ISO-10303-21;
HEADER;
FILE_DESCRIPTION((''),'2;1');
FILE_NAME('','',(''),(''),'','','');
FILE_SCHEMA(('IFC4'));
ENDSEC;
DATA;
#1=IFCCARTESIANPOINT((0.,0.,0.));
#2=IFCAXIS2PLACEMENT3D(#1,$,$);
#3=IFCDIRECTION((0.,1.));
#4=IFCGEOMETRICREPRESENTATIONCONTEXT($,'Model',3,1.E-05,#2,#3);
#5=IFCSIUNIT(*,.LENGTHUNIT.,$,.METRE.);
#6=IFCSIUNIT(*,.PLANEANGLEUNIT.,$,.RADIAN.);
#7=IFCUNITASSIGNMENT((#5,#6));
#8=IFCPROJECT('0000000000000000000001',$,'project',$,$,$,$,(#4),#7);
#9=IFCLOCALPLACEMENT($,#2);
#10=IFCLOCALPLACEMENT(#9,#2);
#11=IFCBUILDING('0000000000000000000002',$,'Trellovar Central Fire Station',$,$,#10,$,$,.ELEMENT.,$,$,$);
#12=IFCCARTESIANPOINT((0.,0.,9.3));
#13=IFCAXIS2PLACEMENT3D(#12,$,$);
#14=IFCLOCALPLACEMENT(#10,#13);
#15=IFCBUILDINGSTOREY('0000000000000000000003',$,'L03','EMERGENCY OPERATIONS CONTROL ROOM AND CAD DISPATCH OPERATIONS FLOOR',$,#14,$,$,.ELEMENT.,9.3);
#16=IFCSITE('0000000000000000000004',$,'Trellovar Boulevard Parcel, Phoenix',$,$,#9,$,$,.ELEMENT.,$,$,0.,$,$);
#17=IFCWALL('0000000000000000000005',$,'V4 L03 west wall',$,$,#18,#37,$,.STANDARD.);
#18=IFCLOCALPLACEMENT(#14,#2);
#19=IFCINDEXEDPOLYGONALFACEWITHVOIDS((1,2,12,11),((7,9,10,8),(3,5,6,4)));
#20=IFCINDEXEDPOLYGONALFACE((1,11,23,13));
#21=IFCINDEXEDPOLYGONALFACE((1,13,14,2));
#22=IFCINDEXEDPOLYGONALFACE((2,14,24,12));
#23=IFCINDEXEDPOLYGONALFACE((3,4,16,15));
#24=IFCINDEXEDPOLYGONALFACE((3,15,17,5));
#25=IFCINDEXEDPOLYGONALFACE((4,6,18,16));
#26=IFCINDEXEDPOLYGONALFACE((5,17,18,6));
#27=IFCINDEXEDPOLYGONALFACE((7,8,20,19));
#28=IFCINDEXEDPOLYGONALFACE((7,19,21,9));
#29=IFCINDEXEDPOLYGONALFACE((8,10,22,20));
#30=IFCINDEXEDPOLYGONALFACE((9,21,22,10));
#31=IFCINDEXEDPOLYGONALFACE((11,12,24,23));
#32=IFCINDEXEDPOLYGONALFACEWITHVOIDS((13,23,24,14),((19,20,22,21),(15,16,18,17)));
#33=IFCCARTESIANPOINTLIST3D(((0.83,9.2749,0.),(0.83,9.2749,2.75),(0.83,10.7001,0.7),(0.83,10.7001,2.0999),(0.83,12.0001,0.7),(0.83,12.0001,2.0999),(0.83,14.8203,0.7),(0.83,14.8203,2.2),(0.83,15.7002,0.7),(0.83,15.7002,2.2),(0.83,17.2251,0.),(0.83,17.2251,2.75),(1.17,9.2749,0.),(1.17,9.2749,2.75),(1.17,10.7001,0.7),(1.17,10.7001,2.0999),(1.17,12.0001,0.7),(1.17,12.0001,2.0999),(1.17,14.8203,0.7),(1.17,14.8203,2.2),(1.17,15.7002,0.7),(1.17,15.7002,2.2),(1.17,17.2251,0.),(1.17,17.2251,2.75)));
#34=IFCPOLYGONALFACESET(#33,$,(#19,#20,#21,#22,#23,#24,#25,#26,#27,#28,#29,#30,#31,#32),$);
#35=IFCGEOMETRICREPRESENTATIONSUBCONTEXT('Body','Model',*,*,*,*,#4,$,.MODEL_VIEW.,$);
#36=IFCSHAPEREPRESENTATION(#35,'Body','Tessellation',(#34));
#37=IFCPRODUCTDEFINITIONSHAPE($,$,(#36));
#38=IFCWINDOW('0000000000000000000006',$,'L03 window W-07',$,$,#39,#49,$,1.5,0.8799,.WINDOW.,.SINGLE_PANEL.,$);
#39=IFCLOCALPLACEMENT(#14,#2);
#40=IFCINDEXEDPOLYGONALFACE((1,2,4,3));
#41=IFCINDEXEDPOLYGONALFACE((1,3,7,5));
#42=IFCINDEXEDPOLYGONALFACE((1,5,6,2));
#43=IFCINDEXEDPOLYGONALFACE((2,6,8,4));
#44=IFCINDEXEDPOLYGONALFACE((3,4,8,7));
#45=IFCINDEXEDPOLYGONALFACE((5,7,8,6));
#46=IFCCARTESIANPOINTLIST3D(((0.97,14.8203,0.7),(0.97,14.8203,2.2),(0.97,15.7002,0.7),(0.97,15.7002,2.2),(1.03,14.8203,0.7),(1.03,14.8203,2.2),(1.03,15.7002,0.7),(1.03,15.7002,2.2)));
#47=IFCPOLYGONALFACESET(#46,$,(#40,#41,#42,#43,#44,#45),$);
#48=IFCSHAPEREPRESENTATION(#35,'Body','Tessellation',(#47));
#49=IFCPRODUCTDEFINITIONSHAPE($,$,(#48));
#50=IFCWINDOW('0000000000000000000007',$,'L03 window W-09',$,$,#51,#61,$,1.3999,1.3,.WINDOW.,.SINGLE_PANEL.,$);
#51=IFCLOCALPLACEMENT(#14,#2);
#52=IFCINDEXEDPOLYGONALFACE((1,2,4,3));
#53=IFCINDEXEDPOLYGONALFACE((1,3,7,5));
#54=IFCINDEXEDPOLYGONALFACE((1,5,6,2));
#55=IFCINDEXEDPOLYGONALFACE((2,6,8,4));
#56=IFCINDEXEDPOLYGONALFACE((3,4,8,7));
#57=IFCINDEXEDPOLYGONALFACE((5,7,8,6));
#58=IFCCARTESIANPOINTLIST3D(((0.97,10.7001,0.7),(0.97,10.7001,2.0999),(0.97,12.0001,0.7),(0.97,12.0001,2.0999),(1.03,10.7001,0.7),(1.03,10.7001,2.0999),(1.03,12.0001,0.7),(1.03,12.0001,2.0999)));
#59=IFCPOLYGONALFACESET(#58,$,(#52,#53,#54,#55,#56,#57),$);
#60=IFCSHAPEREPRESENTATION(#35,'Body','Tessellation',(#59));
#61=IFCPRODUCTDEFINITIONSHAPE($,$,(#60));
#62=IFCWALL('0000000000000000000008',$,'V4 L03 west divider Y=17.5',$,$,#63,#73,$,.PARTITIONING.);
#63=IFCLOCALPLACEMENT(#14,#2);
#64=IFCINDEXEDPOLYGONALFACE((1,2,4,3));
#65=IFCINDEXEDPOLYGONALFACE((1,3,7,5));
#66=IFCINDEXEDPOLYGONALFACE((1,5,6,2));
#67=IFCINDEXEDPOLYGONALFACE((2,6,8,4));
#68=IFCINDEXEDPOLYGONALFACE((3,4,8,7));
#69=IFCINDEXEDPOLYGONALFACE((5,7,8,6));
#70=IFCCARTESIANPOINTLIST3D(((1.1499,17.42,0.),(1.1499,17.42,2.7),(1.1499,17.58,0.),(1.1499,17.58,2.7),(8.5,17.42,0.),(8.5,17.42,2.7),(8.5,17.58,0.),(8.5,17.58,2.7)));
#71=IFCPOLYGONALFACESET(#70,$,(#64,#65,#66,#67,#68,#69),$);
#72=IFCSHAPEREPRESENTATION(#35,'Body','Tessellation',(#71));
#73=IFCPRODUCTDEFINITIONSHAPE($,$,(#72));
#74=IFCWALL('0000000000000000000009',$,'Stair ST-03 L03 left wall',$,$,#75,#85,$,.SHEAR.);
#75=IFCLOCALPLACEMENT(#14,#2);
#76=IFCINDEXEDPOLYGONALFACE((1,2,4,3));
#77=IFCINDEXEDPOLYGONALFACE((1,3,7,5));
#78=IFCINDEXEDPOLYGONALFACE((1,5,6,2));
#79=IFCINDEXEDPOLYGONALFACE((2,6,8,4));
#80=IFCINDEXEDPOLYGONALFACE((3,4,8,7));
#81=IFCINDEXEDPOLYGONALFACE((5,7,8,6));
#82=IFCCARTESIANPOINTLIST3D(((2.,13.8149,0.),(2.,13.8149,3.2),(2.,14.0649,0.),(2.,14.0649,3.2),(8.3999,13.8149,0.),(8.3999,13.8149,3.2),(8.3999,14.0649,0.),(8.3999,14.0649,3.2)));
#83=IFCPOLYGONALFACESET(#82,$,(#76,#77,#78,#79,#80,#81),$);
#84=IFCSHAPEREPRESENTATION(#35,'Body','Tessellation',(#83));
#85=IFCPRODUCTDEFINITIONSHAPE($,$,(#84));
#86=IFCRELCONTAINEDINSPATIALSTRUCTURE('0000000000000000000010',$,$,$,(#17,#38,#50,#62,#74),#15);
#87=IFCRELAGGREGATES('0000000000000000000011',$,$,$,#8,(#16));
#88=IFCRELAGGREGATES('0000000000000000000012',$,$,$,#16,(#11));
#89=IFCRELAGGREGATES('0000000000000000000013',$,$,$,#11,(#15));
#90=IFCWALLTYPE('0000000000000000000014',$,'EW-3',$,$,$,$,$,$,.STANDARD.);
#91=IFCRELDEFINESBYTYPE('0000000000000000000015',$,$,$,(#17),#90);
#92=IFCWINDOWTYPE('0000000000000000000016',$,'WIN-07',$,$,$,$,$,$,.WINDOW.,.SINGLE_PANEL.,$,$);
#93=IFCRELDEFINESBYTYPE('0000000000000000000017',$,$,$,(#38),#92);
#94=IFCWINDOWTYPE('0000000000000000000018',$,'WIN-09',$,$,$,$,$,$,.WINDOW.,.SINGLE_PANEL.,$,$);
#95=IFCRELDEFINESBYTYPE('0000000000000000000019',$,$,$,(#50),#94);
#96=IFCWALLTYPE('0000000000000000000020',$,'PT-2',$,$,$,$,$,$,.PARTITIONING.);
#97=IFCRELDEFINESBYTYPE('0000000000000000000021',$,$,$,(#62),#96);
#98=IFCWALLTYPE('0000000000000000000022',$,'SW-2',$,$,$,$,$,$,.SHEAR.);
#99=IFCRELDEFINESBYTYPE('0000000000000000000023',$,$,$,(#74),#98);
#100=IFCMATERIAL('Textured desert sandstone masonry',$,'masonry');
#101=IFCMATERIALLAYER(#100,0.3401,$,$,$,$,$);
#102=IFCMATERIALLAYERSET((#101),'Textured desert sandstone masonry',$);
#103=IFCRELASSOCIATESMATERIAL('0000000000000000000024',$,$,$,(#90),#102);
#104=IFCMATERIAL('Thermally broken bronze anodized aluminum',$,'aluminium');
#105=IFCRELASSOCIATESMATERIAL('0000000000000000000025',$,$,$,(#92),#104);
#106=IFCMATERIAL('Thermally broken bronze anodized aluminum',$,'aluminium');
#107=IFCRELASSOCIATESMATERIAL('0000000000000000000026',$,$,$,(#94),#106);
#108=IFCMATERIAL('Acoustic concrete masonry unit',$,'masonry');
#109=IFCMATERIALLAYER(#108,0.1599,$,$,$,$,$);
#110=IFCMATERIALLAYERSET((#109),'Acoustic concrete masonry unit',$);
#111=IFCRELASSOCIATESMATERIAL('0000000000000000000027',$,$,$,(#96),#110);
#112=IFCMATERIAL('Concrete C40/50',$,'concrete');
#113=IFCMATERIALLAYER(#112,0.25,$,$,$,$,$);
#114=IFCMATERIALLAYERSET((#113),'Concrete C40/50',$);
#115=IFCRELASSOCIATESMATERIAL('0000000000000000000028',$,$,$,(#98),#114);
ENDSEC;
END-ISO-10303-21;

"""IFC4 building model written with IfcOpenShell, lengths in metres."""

from ifc_helpers import new_model, si_unit, direction, frame, frame_2d, origin, place, context, subcontext, project, spatial, rectangle, extrude, material, layer, layer_set, type_object, element, fill, save


model = new_model("IFC4")

# Units and contexts
model_context = context("Model", 3, precision=1e-05, world=origin(), true_north=direction((0.0, 1.0)))
body_context = subcontext(model_context, "Body", "Model", "MODEL_VIEW")
ifc_project = project(units=[si_unit("LENGTHUNIT", "METRE"), si_unit("PLANEANGLEUNIT", "RADIAN")], contexts=[model_context])

# Site, building, storey
site_placement = place(None, origin())
site = spatial("IfcSite", under=ifc_project, at=site_placement, Name="Trellovar Boulevard Parcel, Phoenix", CompositionType="ELEMENT", RefElevation=0.0)
building_placement = place(site_placement, origin())
building = spatial("IfcBuilding", under=site, at=building_placement, Name="Trellovar Central Fire Station", CompositionType="ELEMENT")
storey_placement = place(building_placement, frame((0.0, 0.0, 9.3)))
storey = spatial("IfcBuildingStorey", under=building, at=storey_placement, Name="L03", Description="EMERGENCY OPERATIONS CONTROL ROOM AND CAD DISPATCH OPERATIONS FLOOR", CompositionType="ELEMENT", Elevation=9.3)

# Wall, openings, windows
ifc_material_1 = material(Name="Textured desert sandstone masonry", Category="masonry")
ifc_layer_1 = layer(ifc_material_1, 0.3401)
ifc_layer_set_1 = layer_set([ifc_layer_1], Name="Textured desert sandstone masonry")
wall_type_1 = type_object("IfcWallType", Name="EW-3", PredefinedType="STANDARD", material=ifc_layer_set_1)
wall_1_placement = place(storey_placement, frame((1.0, 17.2251, 0.0), z_axis=(0.0, 0.0, 1.0), x_axis=(0.0, -1.0, 0.0)))
wall_1 = element("IfcWall", 1, at=wall_1_placement, inside=storey, type_object=wall_type_1, Name="V4 L03 west wall", PredefinedType="STANDARD", context=body_context, shape_type="SweptSolid", body=[
    extrude(rectangle(XDim=7.9502, YDim=0.3401, at=frame_2d((3.9751, 0.0))), origin(), (0.0, 0.0, 1.0), 2.75),
])
opening_1_placement = place(wall_1_placement, frame((1.5249, 0.0, 0.7)))
opening_1 = element("IfcOpeningElement", 2, at=opening_1_placement, cuts=wall_1, PredefinedType="OPENING", context=body_context, shape_type="SweptSolid", body=[
    extrude(rectangle(XDim=0.8799, YDim=1.5, at=frame_2d((0.4399, 0.75))), frame((0.0, 0.1799, 0.0), z_axis=(0.0, -1.0, 0.0), x_axis=(1.0, 0.0, 0.0)), (0.0, 0.0, 1.0), 0.3601),
])
opening_2_placement = place(wall_1_placement, frame((5.2251, 0.0, 0.7)))
opening_2 = element("IfcOpeningElement", 3, at=opening_2_placement, cuts=wall_1, PredefinedType="OPENING", context=body_context, shape_type="SweptSolid", body=[
    extrude(rectangle(XDim=1.3, YDim=1.3999, at=frame_2d((0.6499, 0.7))), frame((0.0, 0.1799, 0.0), z_axis=(0.0, -1.0, 0.0), x_axis=(1.0, 0.0, 0.0)), (0.0, 0.0, 1.0), 0.3601),
])
ifc_material_2 = material(Name="Thermally broken bronze anodized aluminum", Category="aluminium")
window_type_1 = type_object("IfcWindowType", Name="WIN-07", PartitioningType="SINGLE_PANEL", PredefinedType="WINDOW", material=ifc_material_2)
window_1_placement = place(opening_1_placement, origin())
window_1 = element("IfcWindow", 4, at=window_1_placement, inside=storey, type_object=window_type_1, Name="L03 window W-07", OverallHeight=1.5, OverallWidth=0.8799, PartitioningType="SINGLE_PANEL", PredefinedType="WINDOW", context=body_context, shape_type="SweptSolid", body=[
    extrude(rectangle(XDim=0.8799, YDim=1.5, at=frame_2d((0.4399, 0.75))), frame((0.0, 0.03, 0.0), z_axis=(0.0, -1.0, 0.0), x_axis=(1.0, 0.0, 0.0)), (0.0, 0.0, 1.0), 0.0601),
])
fill(opening_1, window_1)
ifc_material_3 = material(Name="Thermally broken bronze anodized aluminum", Category="aluminium")
window_type_2 = type_object("IfcWindowType", Name="WIN-09", PartitioningType="SINGLE_PANEL", PredefinedType="WINDOW", material=ifc_material_3)
window_2_placement = place(opening_2_placement, origin())
window_2 = element("IfcWindow", 5, at=window_2_placement, inside=storey, type_object=window_type_2, Name="L03 window W-09", OverallHeight=1.3999, OverallWidth=1.3, PartitioningType="SINGLE_PANEL", PredefinedType="WINDOW", context=body_context, shape_type="SweptSolid", body=[
    extrude(rectangle(XDim=1.3, YDim=1.3999, at=frame_2d((0.6499, 0.7))), frame((0.0, 0.03, 0.0), z_axis=(0.0, -1.0, 0.0), x_axis=(1.0, 0.0, 0.0)), (0.0, 0.0, 1.0), 0.0601),
])
fill(opening_2, window_2)

# Wall
ifc_material_4 = material(Name="Acoustic concrete masonry unit", Category="masonry")
ifc_layer_2 = layer(ifc_material_4, 0.1599)
ifc_layer_set_2 = layer_set([ifc_layer_2], Name="Acoustic concrete masonry unit")
wall_type_2 = type_object("IfcWallType", Name="PT-2", PredefinedType="PARTITIONING", material=ifc_layer_set_2)
wall_2_placement = place(storey_placement, frame((1.1499, 17.5, 0.0), z_axis=(0.0, 0.0, 1.0), x_axis=(1.0, 0.0, 0.0)))
element("IfcWall", 6, at=wall_2_placement, inside=storey, type_object=wall_type_2, Name="V4 L03 west divider Y=17.5", PredefinedType="PARTITIONING", context=body_context, shape_type="SweptSolid", body=[
    extrude(rectangle(XDim=7.3501, YDim=0.1599, at=frame_2d((3.675, 0.0))), origin(), (0.0, 0.0, 1.0), 2.7),
])

# Wall
ifc_material_5 = material(Name="Concrete C40/50", Category="concrete")
ifc_layer_3 = layer(ifc_material_5, 0.25)
ifc_layer_set_3 = layer_set([ifc_layer_3], Name="Concrete C40/50")
wall_type_3 = type_object("IfcWallType", Name="SW-2", PredefinedType="SHEAR", material=ifc_layer_set_3)
wall_3_placement = place(storey_placement, frame((8.3999, 13.9399, 0.0), z_axis=(0.0, 0.0, 1.0), x_axis=(-1.0, 0.0, 0.0)))
element("IfcWall", 7, at=wall_3_placement, inside=storey, type_object=wall_type_3, Name="Stair ST-03 L03 left wall", PredefinedType="SHEAR", context=body_context, shape_type="SweptSolid", body=[
    extrude(rectangle(XDim=6.3999, YDim=0.25, at=frame_2d((3.2, 0.0))), origin(), (0.0, 0.0, 1.0), 3.2),
])

save(model, "model.ifc")
